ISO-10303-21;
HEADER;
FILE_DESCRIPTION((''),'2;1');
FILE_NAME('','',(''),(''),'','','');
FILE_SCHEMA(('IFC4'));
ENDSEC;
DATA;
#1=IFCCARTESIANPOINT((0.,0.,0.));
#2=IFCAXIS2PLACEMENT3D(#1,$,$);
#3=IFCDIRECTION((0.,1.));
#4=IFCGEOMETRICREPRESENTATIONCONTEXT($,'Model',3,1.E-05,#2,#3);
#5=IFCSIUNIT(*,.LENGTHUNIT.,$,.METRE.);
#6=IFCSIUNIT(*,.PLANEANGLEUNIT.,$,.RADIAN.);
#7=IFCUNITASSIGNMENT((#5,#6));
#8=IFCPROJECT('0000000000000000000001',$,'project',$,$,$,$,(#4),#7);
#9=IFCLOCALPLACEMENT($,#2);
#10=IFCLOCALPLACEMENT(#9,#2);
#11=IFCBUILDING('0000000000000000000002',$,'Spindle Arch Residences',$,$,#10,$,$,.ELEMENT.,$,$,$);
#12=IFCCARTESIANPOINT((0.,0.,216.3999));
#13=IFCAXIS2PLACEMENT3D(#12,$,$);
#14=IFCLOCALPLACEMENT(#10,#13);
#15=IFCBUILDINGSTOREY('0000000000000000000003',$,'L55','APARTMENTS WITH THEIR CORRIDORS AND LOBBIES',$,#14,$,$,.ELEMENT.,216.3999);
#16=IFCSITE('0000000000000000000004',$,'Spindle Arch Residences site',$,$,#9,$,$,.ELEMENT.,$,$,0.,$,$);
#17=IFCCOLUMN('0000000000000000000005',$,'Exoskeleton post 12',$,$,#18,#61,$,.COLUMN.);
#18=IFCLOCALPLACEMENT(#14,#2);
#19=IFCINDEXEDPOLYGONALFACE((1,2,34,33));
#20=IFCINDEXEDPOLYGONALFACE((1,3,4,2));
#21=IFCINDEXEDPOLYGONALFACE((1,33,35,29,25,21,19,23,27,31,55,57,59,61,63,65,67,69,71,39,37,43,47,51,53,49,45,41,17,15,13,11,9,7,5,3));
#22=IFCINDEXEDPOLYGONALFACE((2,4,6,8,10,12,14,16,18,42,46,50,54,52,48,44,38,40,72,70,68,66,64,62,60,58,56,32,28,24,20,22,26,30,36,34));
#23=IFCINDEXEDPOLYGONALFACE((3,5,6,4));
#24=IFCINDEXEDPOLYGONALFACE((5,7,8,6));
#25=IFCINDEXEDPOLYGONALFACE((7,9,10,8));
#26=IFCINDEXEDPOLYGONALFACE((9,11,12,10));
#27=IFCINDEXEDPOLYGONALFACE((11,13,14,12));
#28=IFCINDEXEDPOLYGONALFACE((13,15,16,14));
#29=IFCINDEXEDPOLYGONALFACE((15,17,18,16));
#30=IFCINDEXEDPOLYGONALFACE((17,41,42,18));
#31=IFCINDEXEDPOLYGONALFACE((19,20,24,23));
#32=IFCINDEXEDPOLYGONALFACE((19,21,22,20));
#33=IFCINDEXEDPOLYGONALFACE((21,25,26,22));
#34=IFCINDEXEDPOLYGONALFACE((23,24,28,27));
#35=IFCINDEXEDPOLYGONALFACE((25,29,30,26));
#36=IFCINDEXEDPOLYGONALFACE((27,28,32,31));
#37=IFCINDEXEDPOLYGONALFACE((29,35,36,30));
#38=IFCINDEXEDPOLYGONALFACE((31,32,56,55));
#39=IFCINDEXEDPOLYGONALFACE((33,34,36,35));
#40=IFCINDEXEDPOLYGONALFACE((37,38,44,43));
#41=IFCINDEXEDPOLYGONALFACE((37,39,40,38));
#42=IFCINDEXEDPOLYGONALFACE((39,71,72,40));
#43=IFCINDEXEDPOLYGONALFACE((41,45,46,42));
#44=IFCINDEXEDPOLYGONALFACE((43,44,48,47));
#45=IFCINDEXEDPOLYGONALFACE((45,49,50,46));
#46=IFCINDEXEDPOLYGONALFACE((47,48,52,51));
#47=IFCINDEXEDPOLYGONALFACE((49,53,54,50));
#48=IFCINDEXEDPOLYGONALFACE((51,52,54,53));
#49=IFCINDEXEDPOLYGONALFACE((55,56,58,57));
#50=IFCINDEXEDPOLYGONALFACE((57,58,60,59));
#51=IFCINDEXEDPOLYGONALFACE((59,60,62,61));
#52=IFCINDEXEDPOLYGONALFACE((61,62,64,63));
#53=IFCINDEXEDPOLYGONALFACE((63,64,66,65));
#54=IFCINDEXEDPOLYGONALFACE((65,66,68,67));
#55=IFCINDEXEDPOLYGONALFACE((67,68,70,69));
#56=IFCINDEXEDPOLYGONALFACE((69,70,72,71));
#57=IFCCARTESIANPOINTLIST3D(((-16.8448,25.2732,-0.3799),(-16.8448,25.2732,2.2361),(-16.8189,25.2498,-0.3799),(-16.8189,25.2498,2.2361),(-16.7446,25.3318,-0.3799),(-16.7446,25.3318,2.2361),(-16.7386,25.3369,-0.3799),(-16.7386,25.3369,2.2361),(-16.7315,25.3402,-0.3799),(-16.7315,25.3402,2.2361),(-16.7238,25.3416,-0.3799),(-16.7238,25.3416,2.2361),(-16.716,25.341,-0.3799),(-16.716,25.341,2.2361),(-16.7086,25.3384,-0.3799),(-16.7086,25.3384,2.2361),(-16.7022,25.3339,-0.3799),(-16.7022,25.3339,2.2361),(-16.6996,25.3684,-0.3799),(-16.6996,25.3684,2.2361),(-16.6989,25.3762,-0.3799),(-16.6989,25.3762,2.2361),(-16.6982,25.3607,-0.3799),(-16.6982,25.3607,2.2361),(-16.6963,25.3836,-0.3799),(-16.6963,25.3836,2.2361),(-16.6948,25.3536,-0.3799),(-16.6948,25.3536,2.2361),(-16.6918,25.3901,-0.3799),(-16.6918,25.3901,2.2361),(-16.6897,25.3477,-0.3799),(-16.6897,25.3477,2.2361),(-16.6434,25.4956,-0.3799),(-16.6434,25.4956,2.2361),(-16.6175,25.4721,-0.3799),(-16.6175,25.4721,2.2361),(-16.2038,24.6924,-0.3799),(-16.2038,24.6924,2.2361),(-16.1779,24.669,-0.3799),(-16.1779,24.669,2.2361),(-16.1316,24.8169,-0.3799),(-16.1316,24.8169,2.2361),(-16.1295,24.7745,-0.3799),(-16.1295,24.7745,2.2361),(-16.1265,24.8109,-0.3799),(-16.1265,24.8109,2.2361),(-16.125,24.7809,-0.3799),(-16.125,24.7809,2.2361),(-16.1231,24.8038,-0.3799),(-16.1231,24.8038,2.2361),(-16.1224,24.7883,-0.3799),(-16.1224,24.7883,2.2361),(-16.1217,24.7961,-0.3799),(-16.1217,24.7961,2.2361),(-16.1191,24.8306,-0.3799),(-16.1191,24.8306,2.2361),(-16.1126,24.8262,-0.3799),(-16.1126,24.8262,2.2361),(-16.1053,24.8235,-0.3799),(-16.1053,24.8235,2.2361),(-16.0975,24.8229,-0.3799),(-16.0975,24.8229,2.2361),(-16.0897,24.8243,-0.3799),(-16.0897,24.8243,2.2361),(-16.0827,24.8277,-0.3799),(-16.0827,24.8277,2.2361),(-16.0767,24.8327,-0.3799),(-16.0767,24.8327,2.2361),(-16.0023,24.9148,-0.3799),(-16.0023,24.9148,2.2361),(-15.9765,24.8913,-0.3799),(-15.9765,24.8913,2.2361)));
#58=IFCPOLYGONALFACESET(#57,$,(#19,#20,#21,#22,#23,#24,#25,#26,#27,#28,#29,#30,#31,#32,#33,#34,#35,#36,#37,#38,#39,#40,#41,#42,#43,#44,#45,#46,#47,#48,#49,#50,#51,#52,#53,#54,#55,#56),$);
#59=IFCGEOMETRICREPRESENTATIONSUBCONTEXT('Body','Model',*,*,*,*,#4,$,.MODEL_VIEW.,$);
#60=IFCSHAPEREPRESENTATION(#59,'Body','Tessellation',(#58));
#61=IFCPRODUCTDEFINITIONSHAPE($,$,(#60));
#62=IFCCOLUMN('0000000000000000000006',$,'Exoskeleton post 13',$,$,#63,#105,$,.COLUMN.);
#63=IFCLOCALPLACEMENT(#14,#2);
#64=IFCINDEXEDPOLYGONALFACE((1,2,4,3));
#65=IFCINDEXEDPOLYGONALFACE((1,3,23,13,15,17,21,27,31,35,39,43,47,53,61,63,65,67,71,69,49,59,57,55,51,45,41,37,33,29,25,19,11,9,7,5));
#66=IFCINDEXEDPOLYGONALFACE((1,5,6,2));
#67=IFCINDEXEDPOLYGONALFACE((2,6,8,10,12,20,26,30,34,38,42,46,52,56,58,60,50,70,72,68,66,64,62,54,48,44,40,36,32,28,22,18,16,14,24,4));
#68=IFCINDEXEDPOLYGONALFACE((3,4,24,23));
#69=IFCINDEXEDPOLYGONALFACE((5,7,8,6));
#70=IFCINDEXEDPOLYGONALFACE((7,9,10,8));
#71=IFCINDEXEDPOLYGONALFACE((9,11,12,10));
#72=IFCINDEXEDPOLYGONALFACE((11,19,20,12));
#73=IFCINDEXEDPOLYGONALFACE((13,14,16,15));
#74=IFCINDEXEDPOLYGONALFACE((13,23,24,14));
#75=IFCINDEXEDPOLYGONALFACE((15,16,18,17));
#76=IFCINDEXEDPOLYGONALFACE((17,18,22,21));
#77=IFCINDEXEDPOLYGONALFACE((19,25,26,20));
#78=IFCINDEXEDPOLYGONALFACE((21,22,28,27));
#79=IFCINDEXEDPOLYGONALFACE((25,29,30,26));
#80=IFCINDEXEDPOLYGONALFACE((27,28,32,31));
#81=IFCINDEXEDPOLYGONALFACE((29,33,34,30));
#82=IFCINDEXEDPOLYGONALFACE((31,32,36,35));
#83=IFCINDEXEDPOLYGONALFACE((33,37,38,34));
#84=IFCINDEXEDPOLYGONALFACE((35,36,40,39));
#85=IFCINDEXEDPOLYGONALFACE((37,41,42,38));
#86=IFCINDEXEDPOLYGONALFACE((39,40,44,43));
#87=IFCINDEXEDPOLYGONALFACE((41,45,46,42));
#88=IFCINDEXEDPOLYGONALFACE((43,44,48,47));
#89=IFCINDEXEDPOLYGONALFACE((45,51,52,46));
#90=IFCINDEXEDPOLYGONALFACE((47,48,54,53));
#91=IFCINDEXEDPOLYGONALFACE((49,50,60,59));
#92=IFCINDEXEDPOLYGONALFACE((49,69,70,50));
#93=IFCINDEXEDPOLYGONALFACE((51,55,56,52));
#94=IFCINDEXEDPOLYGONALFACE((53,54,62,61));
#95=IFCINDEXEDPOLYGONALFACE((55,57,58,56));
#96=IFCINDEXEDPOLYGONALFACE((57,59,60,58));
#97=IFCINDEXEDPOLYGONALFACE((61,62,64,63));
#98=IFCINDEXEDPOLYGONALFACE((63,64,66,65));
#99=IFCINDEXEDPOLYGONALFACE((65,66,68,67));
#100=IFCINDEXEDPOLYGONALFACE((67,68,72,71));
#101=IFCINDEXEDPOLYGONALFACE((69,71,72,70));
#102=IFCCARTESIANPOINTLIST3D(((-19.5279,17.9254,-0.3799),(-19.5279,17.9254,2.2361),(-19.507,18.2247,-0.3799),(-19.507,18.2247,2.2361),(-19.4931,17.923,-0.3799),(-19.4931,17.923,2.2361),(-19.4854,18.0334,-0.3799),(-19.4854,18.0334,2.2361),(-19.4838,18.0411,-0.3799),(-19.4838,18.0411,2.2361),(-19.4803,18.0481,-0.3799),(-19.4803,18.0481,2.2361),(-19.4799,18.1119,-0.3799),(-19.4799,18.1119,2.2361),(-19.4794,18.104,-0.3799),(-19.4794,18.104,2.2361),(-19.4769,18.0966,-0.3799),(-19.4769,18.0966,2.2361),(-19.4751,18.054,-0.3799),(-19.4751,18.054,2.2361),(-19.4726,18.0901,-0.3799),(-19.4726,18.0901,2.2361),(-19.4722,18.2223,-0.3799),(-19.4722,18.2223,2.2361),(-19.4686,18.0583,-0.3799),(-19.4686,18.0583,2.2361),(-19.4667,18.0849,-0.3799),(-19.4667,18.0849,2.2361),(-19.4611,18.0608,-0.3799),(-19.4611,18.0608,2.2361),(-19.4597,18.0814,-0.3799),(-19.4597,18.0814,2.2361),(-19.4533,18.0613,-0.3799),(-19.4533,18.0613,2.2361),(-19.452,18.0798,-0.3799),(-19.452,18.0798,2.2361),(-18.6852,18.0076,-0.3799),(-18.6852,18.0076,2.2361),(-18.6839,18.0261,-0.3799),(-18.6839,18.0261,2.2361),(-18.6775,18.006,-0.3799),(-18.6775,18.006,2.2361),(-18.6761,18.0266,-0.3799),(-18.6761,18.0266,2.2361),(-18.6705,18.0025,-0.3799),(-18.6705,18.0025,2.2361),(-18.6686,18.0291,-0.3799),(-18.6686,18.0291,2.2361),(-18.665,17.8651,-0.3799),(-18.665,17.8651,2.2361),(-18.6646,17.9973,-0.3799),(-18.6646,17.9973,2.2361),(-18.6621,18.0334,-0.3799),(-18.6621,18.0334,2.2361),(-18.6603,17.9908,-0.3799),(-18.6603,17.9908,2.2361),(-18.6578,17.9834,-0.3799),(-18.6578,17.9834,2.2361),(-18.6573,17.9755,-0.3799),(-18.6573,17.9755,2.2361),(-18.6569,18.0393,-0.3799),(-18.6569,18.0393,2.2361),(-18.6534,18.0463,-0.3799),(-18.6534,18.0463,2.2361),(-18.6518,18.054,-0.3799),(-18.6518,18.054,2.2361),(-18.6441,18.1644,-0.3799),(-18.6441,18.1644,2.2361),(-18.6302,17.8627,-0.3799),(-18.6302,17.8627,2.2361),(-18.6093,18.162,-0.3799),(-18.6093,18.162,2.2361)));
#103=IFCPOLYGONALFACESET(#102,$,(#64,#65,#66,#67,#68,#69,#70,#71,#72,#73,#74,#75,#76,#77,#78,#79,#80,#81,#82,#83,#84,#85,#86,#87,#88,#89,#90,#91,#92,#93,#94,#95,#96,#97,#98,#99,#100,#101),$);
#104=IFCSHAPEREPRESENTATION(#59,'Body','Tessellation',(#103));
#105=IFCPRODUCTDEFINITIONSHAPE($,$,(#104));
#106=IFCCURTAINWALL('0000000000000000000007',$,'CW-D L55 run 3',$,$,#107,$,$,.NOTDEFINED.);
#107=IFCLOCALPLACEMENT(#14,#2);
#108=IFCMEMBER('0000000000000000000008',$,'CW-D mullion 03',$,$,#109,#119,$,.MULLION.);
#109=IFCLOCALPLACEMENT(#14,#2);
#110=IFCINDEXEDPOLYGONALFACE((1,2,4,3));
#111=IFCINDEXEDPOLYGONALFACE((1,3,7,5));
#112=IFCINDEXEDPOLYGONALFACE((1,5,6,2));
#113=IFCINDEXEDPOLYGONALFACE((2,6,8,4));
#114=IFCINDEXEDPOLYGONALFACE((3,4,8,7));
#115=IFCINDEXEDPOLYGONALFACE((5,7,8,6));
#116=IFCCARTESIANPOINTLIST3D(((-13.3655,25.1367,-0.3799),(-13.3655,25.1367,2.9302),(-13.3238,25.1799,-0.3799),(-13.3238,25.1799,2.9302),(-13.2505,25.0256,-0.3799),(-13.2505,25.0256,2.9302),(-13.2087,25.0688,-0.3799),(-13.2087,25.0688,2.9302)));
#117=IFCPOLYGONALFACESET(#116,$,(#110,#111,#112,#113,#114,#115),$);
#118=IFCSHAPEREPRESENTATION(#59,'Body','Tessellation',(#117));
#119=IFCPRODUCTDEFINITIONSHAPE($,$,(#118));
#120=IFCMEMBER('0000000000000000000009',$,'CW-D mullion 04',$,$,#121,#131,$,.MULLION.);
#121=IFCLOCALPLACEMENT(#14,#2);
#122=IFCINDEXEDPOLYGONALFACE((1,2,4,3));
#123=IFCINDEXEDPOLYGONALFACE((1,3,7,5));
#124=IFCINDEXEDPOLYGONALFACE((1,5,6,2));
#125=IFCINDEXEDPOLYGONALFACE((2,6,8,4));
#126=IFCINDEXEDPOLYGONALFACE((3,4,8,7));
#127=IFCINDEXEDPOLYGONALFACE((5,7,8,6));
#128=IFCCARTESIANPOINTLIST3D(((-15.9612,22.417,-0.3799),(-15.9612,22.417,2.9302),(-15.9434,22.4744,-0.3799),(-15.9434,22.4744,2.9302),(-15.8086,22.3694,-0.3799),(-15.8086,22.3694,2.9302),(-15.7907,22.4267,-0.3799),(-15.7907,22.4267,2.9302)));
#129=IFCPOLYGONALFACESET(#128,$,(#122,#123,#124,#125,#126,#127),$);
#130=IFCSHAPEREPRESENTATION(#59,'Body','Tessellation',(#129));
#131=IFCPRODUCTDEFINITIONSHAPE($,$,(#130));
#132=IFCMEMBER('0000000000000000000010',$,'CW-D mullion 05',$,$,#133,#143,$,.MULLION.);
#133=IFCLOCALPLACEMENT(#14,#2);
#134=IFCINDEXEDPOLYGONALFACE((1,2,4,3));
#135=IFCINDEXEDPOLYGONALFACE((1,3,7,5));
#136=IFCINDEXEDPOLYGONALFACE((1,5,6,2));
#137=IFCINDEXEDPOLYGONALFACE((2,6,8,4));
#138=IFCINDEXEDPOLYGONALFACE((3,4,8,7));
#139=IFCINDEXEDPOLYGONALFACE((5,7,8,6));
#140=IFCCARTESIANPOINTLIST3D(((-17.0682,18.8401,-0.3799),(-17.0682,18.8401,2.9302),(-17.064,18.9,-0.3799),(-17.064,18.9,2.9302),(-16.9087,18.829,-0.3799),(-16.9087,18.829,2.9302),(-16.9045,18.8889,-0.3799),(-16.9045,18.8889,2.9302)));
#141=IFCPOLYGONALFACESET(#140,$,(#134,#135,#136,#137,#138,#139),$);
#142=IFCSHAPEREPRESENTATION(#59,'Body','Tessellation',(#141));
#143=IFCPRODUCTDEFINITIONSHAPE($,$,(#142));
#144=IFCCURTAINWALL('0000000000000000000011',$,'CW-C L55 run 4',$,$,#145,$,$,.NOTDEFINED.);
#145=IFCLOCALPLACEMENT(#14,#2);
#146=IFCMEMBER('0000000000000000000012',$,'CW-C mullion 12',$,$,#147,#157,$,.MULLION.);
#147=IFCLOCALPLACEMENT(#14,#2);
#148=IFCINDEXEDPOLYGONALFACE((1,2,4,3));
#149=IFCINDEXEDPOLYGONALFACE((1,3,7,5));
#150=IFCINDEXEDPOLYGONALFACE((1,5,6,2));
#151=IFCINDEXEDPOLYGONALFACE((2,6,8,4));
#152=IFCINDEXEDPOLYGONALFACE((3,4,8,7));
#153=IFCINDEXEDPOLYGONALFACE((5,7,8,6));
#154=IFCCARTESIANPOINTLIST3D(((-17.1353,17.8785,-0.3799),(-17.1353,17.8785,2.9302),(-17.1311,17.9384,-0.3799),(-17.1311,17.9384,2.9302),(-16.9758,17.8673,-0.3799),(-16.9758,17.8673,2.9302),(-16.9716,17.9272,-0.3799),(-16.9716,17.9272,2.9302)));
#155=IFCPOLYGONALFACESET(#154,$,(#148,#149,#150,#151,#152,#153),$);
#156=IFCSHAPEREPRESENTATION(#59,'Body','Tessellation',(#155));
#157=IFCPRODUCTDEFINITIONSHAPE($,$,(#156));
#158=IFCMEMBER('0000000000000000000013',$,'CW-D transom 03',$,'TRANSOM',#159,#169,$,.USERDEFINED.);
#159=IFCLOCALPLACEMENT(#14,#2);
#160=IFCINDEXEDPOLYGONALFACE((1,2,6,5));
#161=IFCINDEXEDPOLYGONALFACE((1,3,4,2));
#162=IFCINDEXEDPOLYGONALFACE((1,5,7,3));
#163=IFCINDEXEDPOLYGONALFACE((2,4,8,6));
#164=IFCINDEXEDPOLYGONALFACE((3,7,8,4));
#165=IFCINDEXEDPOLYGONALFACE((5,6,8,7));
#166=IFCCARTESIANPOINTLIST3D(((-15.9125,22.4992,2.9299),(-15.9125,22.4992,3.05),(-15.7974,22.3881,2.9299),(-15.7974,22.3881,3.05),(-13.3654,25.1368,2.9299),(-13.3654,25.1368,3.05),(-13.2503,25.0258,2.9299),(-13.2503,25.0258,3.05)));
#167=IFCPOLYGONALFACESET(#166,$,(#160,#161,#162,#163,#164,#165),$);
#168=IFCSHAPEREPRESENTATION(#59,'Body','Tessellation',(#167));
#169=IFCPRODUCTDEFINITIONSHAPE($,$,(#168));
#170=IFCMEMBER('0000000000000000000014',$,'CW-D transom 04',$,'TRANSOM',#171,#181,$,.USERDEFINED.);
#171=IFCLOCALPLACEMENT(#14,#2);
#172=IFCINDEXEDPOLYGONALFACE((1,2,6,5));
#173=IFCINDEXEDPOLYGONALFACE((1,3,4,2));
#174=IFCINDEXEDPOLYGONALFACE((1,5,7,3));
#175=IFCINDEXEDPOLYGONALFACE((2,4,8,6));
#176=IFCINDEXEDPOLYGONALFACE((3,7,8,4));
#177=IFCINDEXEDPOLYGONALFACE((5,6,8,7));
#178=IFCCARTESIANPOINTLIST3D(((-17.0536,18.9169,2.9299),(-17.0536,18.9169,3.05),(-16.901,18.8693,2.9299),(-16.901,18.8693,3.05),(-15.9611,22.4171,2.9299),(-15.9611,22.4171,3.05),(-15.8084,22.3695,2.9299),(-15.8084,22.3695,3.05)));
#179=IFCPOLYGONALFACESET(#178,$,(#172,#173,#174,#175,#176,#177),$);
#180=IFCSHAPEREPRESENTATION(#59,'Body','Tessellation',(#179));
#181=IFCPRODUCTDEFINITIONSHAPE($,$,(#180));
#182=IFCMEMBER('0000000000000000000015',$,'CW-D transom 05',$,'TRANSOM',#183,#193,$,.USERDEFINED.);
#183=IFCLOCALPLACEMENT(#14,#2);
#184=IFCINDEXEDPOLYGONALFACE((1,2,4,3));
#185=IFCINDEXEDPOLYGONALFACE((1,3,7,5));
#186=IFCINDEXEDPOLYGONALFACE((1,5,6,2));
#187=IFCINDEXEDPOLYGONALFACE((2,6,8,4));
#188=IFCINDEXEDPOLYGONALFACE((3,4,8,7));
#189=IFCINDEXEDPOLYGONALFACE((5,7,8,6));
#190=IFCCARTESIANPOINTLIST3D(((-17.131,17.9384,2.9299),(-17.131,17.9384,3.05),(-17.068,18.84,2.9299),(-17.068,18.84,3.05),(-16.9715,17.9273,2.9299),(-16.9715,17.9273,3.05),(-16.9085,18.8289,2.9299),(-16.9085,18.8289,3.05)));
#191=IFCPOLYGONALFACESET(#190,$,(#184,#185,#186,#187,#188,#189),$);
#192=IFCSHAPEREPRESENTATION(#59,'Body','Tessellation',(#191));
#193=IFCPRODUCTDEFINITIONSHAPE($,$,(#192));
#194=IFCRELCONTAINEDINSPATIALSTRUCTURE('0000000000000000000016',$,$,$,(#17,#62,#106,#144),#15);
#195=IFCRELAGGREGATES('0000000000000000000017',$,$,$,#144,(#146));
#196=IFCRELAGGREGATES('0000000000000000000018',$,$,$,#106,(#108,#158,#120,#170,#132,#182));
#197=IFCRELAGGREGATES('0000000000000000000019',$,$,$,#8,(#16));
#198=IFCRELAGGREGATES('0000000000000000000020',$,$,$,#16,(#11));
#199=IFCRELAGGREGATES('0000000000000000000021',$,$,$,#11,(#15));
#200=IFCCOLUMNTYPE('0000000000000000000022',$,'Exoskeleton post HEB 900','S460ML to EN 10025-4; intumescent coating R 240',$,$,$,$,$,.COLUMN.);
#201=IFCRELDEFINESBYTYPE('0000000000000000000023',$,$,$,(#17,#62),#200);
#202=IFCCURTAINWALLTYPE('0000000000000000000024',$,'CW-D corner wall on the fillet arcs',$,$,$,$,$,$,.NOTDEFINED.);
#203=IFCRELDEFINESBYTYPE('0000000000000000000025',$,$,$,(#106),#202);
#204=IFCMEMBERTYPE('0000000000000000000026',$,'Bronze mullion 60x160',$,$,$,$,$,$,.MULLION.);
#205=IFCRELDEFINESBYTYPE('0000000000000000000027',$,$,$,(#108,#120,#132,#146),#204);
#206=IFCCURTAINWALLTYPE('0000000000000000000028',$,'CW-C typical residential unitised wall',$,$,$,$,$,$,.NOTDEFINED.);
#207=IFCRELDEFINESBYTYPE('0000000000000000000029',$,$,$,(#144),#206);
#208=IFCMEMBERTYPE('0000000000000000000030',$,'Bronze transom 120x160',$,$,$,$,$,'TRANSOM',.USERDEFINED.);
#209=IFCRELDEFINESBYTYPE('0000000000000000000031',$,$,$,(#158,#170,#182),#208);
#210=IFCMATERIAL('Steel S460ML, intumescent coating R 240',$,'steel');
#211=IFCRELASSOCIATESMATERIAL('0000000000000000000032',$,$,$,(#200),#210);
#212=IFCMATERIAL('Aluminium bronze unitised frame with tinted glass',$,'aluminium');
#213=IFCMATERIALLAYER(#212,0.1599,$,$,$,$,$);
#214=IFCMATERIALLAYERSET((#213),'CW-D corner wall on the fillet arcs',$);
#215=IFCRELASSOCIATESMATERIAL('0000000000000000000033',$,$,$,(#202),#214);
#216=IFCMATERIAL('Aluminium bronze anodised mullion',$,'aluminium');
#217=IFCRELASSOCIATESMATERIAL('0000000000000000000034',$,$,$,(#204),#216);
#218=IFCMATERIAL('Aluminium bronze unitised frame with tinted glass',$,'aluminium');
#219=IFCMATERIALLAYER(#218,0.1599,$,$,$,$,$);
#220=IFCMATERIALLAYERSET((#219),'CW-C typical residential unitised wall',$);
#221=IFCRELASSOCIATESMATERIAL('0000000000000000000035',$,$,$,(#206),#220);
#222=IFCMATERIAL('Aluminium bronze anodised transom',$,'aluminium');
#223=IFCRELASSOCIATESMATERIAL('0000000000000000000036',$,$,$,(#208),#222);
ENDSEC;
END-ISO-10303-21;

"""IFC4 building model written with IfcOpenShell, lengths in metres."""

from ifc_helpers import new_model, si_unit, direction, frame, origin, origin_2d, place, context, subcontext, project, spatial, rectangle, i_section, extrude, material, layer, layer_set, material_profile, profile_set, type_object, element, aggregate, save


model = new_model("IFC4")

# Units and contexts
model_context = context("Model", 3, precision=1e-05, world=origin(), true_north=direction((0.0, 1.0)))
body_context = subcontext(model_context, "Body", "Model", "MODEL_VIEW")
ifc_project = project(units=[si_unit("LENGTHUNIT", "METRE"), si_unit("PLANEANGLEUNIT", "RADIAN")], contexts=[model_context])

# Site, building, storey
site_placement = place(None, origin())
site = spatial("IfcSite", under=ifc_project, at=site_placement, Name="Spindle Arch Residences site", CompositionType="ELEMENT", RefElevation=0.0)
building_placement = place(site_placement, origin())
building = spatial("IfcBuilding", under=site, at=building_placement, Name="Spindle Arch Residences", CompositionType="ELEMENT")
storey_placement = place(building_placement, frame((0.0, 0.0, 216.3999)))
storey = spatial("IfcBuildingStorey", under=building, at=storey_placement, Name="L55", Description="APARTMENTS WITH THEIR CORRIDORS AND LOBBIES", CompositionType="ELEMENT", Elevation=216.3999)

# Columns
ifc_material_1 = material(Name="Steel S460ML, intumescent coating R 240", Category="steel")
ifc_material_profile_1 = material_profile(ifc_material_1, i_section(OverallWidth=0.3, OverallDepth=0.8999, WebThickness=0.0186, FlangeThickness=0.0349, FilletRadius=0.03, at=origin_2d()), Name="HEB 900")
ifc_profile_set_1 = profile_set([ifc_material_profile_1], Name="Steel S460ML, intumescent coating R 240")
column_type = type_object("IfcColumnType", Name="Exoskeleton post HEB 900", Description="S460ML to EN 10025-4; intumescent coating R 240", PredefinedType="COLUMN", material=ifc_profile_set_1)
for number, where, z_axis, x_axis, name in (
    (1, (-16.4106, 25.0823, -0.3799), (0.0, 0.0, 1.0), (0.671428, 0.74107, 0.0), "Exoskeleton post 12"),
    (2, (-19.0686, 18.0437, -0.3799), (0.0, 0.0, 1.0), (0.069756, 0.997564, 0.0), "Exoskeleton post 13"),
):
    element("IfcColumn", number, at=place(storey_placement, frame(where, z_axis=z_axis, x_axis=x_axis)), inside=storey, type_object=column_type, Name=name, PredefinedType="COLUMN", context=body_context, shape_type="SweptSolid", body=[
        extrude(i_section(OverallWidth=0.3, OverallDepth=0.8999, WebThickness=0.0186, FlangeThickness=0.0349, FilletRadius=0.03, at=origin_2d()), origin(), (0.0, 0.0, 1.0), 2.616),
    ])

# Curtain wall, members
ifc_material_2 = material(Name="Aluminium bronze unitised frame with tinted glass", Category="aluminium")
ifc_layer_1 = layer(ifc_material_2, 0.1599)
ifc_layer_set_1 = layer_set([ifc_layer_1], Name="CW-D corner wall on the fillet arcs")
curtain_wall_type_1 = type_object("IfcCurtainWallType", Name="CW-D corner wall on the fillet arcs", PredefinedType="NOTDEFINED", material=ifc_layer_set_1)
curtain_wall_1_placement = place(storey_placement, origin())
curtain_wall_1 = element("IfcCurtainWall", 3, at=curtain_wall_1_placement, inside=storey, type_object=curtain_wall_type_1, Name="CW-D L55 run 3", PredefinedType="NOTDEFINED")
ifc_material_3 = material(Name="Aluminium bronze anodised mullion", Category="aluminium")
ifc_material_profile_2 = material_profile(ifc_material_3, rectangle(XDim=0.1599, YDim=0.0601, at=origin_2d()), Name="MU 60x160")
ifc_profile_set_2 = profile_set([ifc_material_profile_2], Name="Aluminium bronze anodised mullion")
member_type_1 = type_object("IfcMemberType", Name="Bronze mullion 60x160", PredefinedType="MULLION", material=ifc_profile_set_2)
member_1_placement = place(storey_placement, frame((-13.2871, 25.1028, -0.3799), z_axis=(0.0, 0.0, 1.0), x_axis=(0.71934, -0.694658, 0.0)))
member_1 = element("IfcMember", 4, at=member_1_placement, type_object=member_type_1, Name="CW-D mullion 03", PredefinedType="MULLION", context=body_context, shape_type="SweptSolid", body=[
    extrude(rectangle(XDim=0.1599, YDim=0.0601, at=origin_2d()), origin(), (0.0, 0.0, 1.0), 3.3101),
])
member_2_placement = place(storey_placement, frame((-15.876, 22.4219, -0.3799), z_axis=(0.0, 0.0, 1.0), x_axis=(0.954588, -0.29793, 0.0)))
member_2 = element("IfcMember", 5, at=member_2_placement, type_object=member_type_1, Name="CW-D mullion 04", PredefinedType="MULLION", context=body_context, shape_type="SweptSolid", body=[
    extrude(rectangle(XDim=0.1599, YDim=0.0601, at=origin_2d()), origin(), (0.0, 0.0, 1.0), 3.3101),
])
member_3_placement = place(storey_placement, frame((-16.9863, 18.8645, -0.3799), z_axis=(0.0, 0.0, 1.0), x_axis=(0.997564, -0.069756, 0.0)))
member_3 = element("IfcMember", 6, at=member_3_placement, type_object=member_type_1, Name="CW-D mullion 05", PredefinedType="MULLION", context=body_context, shape_type="SweptSolid", body=[
    extrude(rectangle(XDim=0.1599, YDim=0.0601, at=origin_2d()), origin(), (0.0, 0.0, 1.0), 3.3101),
])

# Curtain wall, member
ifc_material_4 = material(Name="Aluminium bronze unitised frame with tinted glass", Category="aluminium")
ifc_layer_2 = layer(ifc_material_4, 0.1599)
ifc_layer_set_2 = layer_set([ifc_layer_2], Name="CW-C typical residential unitised wall")
curtain_wall_type_2 = type_object("IfcCurtainWallType", Name="CW-C typical residential unitised wall", PredefinedType="NOTDEFINED", material=ifc_layer_set_2)
curtain_wall_2_placement = place(storey_placement, origin())
curtain_wall_2 = element("IfcCurtainWall", 7, at=curtain_wall_2_placement, inside=storey, type_object=curtain_wall_type_2, Name="CW-C L55 run 4", PredefinedType="NOTDEFINED")
member_4_placement = place(storey_placement, frame((-17.0535, 17.9028, -0.3799), z_axis=(0.0, 0.0, 1.0), x_axis=(0.997564, -0.069756, 0.0)))
member_4 = element("IfcMember", 8, at=member_4_placement, type_object=member_type_1, Name="CW-C mullion 12", PredefinedType="MULLION", context=body_context, shape_type="SweptSolid", body=[
    extrude(rectangle(XDim=0.1599, YDim=0.0601, at=origin_2d()), origin(), (0.0, 0.0, 1.0), 3.3101),
])

# Members
ifc_material_5 = material(Name="Aluminium bronze anodised transom", Category="aluminium")
ifc_material_profile_3 = material_profile(ifc_material_5, rectangle(XDim=0.1599, YDim=0.1201, at=origin_2d()), Name="TR 120x160")
ifc_profile_set_3 = profile_set([ifc_material_profile_3], Name="Aluminium bronze anodised transom")
member_type_2 = type_object("IfcMemberType", Name="Bronze transom 120x160", ElementType="TRANSOM", PredefinedType="USERDEFINED", material=ifc_profile_set_3)
member_5_placement = place(storey_placement, frame((-13.3079, 25.0813, 2.99), z_axis=(-0.694648, -0.71935, 0.0), x_axis=(0.71935, -0.694648, 0.0)))
member_5 = element("IfcMember", 9, at=member_5_placement, type_object=member_type_2, Name="CW-D transom 03", ObjectType="TRANSOM", PredefinedType="USERDEFINED", context=body_context, shape_type="SweptSolid", body=[
    extrude(rectangle(XDim=0.1599, YDim=0.1201, at=origin_2d()), origin(), (0.0, 0.0, 1.0), 3.6667),
])
member_6_placement = place(storey_placement, frame((-15.8848, 22.3933, 2.99), z_axis=(-0.297953, -0.954581, 0.0), x_axis=(0.954581, -0.297953, 0.0)))
member_6 = element("IfcMember", 10, at=member_6_placement, type_object=member_type_2, Name="CW-D transom 04", ObjectType="TRANSOM", PredefinedType="USERDEFINED", context=body_context, shape_type="SweptSolid", body=[
    extrude(rectangle(XDim=0.1599, YDim=0.1201, at=origin_2d()), origin(), (0.0, 0.0, 1.0), 3.6667),
])
member_7_placement = place(storey_placement, frame((-16.9883, 18.8345, 2.99), z_axis=(-0.069692, -0.997569, 0.0), x_axis=(0.997569, -0.069692, 0.0)))
member_7 = element("IfcMember", 11, at=member_7_placement, type_object=member_type_2, Name="CW-D transom 05", ObjectType="TRANSOM", PredefinedType="USERDEFINED", context=body_context, shape_type="SweptSolid", body=[
    extrude(rectangle(XDim=0.1599, YDim=0.1201, at=origin_2d()), origin(), (0.0, 0.0, 1.0), 0.9038),
])
aggregate(curtain_wall_2, [member_4])

aggregate(curtain_wall_1, [member_1, member_5, member_2, member_6, member_3, member_7])

save(model, "model.ifc")
